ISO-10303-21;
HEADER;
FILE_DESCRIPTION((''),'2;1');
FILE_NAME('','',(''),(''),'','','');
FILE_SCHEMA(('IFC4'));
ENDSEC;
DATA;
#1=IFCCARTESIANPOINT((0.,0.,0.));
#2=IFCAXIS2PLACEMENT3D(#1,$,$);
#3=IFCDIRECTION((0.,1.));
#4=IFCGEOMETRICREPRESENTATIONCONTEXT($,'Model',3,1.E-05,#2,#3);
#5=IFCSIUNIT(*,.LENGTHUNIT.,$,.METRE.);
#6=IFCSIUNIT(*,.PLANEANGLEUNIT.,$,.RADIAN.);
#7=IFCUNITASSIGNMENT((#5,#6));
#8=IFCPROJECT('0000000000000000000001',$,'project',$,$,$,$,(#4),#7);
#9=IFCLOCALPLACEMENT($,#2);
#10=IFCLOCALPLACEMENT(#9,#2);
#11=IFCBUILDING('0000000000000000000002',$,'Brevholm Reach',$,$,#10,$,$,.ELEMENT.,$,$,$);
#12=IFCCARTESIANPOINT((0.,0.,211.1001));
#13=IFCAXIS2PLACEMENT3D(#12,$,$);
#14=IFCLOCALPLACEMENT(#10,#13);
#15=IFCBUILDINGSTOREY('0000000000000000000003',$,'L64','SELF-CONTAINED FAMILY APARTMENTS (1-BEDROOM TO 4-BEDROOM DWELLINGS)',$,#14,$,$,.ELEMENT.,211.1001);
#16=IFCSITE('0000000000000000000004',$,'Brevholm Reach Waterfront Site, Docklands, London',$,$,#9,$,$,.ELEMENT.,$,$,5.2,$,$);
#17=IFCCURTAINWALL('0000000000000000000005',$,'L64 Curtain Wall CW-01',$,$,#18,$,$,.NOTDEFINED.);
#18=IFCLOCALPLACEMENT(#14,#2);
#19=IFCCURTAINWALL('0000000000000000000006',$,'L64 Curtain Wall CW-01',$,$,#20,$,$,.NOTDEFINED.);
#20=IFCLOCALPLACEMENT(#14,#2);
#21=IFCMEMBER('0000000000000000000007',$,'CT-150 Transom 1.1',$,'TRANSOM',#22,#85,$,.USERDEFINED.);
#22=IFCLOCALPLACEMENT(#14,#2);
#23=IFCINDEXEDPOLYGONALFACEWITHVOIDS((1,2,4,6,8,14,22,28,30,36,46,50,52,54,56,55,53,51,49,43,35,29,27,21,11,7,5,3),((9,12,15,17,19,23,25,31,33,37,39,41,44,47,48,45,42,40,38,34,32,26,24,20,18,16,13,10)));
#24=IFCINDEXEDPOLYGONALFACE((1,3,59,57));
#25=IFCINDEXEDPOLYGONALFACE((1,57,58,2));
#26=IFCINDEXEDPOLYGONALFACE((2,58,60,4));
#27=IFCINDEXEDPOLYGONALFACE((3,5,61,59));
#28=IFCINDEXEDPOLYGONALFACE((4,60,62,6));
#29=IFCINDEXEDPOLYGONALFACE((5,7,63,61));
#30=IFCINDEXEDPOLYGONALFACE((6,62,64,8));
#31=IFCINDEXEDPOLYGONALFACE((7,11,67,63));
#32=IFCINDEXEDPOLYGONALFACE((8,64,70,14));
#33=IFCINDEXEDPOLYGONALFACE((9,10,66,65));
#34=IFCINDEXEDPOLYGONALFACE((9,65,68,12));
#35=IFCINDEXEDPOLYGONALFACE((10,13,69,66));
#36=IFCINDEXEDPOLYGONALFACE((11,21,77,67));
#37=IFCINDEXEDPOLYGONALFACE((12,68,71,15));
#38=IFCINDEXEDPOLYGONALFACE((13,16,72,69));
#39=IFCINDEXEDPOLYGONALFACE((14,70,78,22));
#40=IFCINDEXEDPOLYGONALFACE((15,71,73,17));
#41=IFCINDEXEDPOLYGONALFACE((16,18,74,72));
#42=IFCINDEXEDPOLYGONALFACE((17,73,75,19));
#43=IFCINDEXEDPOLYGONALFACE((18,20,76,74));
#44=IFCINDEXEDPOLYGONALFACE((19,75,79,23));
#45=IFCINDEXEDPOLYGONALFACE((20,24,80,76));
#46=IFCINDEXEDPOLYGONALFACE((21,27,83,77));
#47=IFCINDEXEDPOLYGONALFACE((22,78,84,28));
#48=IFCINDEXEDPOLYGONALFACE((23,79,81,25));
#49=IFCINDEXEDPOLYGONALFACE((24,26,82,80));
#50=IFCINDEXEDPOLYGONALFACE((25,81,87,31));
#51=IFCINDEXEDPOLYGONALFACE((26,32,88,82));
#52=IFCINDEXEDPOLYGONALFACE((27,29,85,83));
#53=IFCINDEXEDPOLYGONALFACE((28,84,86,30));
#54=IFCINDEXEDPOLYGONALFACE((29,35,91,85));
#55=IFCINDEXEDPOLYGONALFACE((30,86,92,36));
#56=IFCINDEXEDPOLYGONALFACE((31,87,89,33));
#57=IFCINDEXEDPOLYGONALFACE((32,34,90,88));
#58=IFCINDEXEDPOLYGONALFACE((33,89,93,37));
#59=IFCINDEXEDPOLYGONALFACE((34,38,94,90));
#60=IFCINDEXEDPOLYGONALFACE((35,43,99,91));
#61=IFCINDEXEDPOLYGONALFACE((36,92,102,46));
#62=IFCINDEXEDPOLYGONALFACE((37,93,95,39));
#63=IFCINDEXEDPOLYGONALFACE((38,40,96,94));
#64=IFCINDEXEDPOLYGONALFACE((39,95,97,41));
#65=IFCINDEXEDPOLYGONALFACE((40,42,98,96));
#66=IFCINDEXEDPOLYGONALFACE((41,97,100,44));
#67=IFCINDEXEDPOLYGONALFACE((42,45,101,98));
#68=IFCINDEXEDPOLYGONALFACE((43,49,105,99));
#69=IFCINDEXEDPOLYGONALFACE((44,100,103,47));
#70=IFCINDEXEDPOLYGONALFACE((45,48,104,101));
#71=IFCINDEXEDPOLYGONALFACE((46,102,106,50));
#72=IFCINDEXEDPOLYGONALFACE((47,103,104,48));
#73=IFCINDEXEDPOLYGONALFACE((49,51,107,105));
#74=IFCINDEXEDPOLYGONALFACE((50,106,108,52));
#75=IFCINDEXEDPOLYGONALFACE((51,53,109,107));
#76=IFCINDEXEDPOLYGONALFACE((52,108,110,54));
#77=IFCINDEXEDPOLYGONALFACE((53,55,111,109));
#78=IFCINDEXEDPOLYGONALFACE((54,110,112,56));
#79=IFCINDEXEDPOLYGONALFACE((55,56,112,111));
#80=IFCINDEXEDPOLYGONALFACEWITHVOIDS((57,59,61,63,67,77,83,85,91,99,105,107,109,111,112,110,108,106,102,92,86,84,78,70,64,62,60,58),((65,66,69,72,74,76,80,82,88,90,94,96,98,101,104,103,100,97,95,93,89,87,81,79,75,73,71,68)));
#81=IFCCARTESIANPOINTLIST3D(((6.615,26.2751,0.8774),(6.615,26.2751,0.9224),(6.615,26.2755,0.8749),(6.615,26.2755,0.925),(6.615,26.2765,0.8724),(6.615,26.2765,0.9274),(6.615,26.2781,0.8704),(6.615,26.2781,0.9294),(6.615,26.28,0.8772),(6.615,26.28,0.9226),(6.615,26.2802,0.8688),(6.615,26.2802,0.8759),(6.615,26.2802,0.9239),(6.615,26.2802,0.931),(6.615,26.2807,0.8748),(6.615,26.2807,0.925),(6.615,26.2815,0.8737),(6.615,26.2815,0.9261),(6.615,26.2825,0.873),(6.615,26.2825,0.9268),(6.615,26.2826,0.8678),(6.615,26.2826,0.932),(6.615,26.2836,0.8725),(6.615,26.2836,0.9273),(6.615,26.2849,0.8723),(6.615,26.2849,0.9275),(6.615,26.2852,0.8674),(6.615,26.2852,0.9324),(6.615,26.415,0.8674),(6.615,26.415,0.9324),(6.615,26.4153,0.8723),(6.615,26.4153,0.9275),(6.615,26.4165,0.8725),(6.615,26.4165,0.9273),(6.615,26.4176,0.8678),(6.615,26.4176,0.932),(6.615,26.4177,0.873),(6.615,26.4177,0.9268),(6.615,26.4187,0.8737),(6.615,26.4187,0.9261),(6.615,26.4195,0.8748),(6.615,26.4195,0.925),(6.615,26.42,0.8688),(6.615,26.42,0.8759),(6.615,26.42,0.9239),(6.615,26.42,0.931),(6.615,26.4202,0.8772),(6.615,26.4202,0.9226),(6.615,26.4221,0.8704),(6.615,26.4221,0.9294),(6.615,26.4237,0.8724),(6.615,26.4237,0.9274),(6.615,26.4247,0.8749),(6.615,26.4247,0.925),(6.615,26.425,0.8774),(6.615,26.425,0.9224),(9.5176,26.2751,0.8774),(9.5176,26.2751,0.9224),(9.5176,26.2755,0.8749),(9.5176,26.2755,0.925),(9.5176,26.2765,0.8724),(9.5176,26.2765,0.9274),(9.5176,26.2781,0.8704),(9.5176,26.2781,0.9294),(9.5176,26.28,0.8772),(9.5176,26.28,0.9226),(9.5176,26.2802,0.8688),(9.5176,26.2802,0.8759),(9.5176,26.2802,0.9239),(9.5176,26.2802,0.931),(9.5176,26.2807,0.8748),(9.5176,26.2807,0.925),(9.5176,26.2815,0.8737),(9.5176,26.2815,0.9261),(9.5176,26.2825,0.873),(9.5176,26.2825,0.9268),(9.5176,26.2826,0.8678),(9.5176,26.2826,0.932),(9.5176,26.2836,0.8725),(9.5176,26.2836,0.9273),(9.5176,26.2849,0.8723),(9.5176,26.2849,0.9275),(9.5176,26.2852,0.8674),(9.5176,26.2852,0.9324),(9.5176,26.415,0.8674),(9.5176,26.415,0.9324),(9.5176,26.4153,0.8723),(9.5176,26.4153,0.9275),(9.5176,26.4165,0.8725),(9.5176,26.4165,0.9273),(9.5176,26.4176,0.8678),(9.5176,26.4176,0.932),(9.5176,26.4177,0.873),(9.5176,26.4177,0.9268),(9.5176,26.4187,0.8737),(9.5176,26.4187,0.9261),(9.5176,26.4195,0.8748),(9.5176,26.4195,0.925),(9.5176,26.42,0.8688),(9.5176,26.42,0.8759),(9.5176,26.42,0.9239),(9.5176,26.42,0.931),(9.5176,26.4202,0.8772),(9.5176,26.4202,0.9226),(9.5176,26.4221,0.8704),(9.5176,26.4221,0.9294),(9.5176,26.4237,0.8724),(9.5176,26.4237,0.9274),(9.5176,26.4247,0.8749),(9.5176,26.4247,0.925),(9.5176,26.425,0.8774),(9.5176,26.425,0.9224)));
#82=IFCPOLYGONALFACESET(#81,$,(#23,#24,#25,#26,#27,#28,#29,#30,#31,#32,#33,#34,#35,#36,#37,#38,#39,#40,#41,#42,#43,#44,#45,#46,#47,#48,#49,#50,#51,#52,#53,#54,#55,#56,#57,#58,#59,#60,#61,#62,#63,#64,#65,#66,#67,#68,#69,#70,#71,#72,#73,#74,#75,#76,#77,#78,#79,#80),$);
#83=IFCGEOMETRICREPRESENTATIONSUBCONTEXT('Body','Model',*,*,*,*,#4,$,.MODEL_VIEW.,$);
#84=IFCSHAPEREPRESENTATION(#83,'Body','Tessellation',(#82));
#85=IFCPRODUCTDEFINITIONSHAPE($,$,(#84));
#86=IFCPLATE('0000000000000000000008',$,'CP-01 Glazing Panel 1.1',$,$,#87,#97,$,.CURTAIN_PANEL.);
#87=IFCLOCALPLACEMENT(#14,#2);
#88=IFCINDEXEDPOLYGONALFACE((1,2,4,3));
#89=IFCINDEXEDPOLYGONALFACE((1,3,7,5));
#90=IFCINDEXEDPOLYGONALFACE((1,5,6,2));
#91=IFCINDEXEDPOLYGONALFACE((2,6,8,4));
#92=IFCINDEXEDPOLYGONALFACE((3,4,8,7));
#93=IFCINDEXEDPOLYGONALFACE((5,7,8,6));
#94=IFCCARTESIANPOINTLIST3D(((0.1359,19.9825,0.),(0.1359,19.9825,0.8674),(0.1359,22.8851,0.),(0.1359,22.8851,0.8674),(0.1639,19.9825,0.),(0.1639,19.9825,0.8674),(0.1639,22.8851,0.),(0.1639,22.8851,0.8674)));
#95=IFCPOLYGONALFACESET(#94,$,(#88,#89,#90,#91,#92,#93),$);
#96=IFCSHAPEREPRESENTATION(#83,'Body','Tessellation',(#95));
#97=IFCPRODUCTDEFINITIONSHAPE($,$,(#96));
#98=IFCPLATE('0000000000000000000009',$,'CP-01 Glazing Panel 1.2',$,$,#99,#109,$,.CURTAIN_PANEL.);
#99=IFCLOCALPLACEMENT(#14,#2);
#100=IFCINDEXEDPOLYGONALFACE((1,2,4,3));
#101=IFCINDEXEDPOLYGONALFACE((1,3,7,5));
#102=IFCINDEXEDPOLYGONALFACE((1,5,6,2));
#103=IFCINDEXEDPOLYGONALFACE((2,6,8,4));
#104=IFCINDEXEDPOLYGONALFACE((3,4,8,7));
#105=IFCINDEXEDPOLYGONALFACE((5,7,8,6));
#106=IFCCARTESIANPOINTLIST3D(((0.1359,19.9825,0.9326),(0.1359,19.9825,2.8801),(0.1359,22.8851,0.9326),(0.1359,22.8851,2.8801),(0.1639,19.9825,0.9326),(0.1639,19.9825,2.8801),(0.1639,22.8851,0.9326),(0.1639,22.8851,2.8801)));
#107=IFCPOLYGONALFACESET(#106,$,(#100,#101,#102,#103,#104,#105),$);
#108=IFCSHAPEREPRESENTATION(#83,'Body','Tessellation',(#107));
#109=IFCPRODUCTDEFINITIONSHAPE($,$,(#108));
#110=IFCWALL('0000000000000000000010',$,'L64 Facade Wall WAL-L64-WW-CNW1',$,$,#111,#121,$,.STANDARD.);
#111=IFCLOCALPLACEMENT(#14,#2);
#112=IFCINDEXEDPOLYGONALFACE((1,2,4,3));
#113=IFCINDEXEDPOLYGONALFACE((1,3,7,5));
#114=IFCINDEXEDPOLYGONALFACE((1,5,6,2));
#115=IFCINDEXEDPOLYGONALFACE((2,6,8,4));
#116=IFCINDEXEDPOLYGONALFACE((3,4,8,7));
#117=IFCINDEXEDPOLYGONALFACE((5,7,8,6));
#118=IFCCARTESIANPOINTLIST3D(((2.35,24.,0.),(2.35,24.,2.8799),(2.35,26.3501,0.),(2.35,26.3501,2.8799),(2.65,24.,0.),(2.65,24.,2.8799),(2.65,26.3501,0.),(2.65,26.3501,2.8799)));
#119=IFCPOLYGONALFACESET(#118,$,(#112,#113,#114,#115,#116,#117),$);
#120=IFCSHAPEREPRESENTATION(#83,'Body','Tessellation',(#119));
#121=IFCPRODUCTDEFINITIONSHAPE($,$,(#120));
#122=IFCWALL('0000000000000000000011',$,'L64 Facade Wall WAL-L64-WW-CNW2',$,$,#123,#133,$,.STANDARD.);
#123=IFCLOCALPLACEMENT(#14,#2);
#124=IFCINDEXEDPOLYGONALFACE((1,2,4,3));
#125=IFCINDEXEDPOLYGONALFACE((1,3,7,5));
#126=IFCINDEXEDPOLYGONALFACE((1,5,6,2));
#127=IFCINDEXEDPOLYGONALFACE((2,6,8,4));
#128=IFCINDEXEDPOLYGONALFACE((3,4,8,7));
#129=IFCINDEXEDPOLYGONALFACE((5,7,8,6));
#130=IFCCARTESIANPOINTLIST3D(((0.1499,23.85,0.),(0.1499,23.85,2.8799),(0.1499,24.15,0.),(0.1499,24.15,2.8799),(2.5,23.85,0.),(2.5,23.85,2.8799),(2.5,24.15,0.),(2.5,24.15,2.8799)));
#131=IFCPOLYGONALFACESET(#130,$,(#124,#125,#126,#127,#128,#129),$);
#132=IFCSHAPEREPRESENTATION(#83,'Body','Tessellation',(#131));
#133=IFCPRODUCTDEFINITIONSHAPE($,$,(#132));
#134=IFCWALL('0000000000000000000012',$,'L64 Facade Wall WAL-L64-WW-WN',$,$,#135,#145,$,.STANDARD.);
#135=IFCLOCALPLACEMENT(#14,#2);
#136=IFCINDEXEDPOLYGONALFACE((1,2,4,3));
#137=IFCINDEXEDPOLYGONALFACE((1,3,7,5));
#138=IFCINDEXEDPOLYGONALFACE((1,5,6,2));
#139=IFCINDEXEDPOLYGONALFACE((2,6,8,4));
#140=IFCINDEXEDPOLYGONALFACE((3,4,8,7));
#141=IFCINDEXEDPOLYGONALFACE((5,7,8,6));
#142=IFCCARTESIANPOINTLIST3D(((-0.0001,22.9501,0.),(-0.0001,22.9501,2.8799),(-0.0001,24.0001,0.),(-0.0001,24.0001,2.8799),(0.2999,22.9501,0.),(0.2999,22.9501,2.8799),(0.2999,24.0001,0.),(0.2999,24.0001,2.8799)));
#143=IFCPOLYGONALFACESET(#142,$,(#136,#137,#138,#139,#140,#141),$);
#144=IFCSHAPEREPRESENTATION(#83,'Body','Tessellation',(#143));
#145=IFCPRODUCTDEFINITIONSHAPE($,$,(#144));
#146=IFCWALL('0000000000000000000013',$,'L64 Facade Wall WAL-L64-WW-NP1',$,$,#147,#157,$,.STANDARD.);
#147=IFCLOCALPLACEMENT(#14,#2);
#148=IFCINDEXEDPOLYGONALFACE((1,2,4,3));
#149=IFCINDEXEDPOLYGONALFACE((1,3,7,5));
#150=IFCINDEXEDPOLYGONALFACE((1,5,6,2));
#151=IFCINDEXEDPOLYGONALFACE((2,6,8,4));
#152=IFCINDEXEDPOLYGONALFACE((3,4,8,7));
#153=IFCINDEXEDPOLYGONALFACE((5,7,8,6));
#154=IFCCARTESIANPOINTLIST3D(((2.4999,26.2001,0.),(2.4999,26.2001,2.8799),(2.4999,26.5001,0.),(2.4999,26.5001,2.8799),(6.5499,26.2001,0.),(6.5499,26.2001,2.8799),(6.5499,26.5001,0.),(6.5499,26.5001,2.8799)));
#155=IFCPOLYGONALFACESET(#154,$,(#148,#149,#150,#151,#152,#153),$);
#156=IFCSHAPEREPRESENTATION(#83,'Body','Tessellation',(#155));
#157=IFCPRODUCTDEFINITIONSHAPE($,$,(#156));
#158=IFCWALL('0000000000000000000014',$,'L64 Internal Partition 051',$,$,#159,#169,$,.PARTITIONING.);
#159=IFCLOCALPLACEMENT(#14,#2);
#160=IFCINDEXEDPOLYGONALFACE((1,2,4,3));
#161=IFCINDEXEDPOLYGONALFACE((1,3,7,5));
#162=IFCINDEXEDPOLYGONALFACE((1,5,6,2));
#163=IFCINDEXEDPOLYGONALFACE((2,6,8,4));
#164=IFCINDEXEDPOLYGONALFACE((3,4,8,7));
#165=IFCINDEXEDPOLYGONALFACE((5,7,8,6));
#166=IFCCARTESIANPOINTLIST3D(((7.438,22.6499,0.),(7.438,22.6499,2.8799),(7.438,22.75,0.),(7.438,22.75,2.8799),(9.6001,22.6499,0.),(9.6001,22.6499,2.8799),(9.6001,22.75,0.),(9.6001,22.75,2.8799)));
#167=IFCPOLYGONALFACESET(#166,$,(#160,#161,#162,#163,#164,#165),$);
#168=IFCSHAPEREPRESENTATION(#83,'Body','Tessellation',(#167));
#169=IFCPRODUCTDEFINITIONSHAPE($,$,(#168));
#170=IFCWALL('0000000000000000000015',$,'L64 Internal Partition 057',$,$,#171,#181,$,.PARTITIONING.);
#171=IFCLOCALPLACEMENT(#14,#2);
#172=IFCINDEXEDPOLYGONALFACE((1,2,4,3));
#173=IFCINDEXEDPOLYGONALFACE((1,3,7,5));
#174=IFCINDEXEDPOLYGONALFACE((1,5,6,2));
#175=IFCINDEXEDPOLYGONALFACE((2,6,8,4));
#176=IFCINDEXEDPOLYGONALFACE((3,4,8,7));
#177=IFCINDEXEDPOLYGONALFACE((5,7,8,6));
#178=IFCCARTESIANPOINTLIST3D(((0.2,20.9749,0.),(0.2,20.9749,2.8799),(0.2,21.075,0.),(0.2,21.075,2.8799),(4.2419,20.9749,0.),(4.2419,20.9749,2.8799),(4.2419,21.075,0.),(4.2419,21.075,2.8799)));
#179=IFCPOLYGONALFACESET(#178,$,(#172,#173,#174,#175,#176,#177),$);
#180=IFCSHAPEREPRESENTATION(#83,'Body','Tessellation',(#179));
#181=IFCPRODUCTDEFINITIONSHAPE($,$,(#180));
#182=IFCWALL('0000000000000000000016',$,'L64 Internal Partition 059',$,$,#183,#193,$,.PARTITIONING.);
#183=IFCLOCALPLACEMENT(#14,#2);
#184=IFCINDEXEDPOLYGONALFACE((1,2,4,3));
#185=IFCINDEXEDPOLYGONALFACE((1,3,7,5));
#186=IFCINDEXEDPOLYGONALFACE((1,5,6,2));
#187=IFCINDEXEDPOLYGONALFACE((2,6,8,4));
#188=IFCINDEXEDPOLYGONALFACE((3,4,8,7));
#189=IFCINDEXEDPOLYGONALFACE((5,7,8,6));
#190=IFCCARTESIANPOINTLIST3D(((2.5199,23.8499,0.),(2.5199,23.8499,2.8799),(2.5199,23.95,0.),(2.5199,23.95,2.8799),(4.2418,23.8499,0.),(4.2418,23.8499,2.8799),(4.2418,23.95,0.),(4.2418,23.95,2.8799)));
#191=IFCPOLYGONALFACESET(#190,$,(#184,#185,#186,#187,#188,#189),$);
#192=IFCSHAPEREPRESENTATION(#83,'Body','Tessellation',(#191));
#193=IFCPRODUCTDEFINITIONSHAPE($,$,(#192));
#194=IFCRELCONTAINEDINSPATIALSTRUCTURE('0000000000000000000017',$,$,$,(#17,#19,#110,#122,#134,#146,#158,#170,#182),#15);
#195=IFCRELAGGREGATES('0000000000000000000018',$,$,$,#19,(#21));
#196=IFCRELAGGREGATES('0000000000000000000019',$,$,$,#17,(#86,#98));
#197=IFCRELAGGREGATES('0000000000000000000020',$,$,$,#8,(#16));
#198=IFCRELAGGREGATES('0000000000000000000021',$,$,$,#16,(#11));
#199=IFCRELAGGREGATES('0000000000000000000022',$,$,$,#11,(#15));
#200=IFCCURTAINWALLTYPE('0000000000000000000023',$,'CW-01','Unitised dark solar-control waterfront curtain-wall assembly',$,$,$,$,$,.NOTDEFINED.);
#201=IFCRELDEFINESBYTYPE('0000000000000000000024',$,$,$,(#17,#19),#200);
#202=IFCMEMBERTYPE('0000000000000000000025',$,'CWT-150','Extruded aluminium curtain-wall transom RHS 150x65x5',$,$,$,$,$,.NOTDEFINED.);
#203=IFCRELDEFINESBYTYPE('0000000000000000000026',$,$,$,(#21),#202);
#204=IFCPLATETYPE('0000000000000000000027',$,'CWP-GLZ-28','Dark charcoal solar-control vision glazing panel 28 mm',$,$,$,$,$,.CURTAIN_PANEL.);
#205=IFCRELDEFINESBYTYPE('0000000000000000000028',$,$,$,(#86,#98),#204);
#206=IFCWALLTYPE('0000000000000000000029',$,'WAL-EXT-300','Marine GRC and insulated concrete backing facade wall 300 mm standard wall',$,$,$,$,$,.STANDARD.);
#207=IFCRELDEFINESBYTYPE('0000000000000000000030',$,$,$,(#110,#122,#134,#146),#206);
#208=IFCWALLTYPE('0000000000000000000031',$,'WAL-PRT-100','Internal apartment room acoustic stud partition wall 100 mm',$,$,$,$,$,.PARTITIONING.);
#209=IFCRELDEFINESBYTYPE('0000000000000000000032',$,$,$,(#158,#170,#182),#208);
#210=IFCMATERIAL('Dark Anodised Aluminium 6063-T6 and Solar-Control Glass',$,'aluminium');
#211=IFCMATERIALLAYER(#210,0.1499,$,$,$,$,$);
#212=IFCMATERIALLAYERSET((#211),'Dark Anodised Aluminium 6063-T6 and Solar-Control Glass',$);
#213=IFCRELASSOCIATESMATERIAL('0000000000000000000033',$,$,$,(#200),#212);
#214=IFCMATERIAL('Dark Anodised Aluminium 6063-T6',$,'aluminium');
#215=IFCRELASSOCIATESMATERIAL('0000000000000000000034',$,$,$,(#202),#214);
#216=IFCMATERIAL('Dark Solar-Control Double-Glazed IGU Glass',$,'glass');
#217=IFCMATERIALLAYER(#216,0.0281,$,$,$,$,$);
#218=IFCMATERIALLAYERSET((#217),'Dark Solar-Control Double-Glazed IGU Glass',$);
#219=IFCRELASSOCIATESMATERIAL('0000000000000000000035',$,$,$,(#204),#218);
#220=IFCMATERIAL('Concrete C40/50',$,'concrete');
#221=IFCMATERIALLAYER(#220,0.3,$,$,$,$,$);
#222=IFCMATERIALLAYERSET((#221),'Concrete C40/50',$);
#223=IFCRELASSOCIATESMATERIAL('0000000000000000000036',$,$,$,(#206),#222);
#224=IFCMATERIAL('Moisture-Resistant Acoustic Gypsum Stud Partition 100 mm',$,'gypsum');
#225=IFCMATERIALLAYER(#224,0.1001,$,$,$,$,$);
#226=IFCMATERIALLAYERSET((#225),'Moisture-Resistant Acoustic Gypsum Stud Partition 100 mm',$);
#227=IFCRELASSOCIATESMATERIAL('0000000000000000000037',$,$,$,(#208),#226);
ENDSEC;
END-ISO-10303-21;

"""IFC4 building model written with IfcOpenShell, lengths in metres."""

from ifc_helpers import new_model, si_unit, direction, frame, frame_2d, origin, origin_2d, place, context, subcontext, project, spatial, rectangle, hollow_rectangle, extrude, material, layer, layer_set, material_profile, profile_set, type_object, element, aggregate, save


model = new_model("IFC4")

# Units and contexts
model_context = context("Model", 3, precision=1e-05, world=origin(), true_north=direction((0.0, 1.0)))
body_context = subcontext(model_context, "Body", "Model", "MODEL_VIEW")
ifc_project = project(units=[si_unit("LENGTHUNIT", "METRE"), si_unit("PLANEANGLEUNIT", "RADIAN")], contexts=[model_context])

# Site, building, storey
site_placement = place(None, origin())
site = spatial("IfcSite", under=ifc_project, at=site_placement, Name="Brevholm Reach Waterfront Site, Docklands, London", CompositionType="ELEMENT", RefElevation=5.2)
building_placement = place(site_placement, origin())
building = spatial("IfcBuilding", under=site, at=building_placement, Name="Brevholm Reach", CompositionType="ELEMENT")
storey_placement = place(building_placement, frame((0.0, 0.0, 211.1001)))
storey = spatial("IfcBuildingStorey", under=building, at=storey_placement, Name="L64", Description="SELF-CONTAINED FAMILY APARTMENTS (1-BEDROOM TO 4-BEDROOM DWELLINGS)", CompositionType="ELEMENT", Elevation=211.1001)

# Curtain wall
ifc_material_1 = material(Name="Dark Anodised Aluminium 6063-T6 and Solar-Control Glass", Category="aluminium")
ifc_layer_1 = layer(ifc_material_1, 0.1499)
ifc_layer_set_1 = layer_set([ifc_layer_1], Name="Dark Anodised Aluminium 6063-T6 and Solar-Control Glass")
curtain_wall_type = type_object("IfcCurtainWallType", Name="CW-01", Description="Unitised dark solar-control waterfront curtain-wall assembly", PredefinedType="NOTDEFINED", material=ifc_layer_set_1)
curtain_wall_1_placement = place(storey_placement, origin())
curtain_wall_1 = element("IfcCurtainWall", 1, at=curtain_wall_1_placement, inside=storey, type_object=curtain_wall_type, Name="L64 Curtain Wall CW-01", PredefinedType="NOTDEFINED")

# Curtain wall
curtain_wall_2_placement = place(storey_placement, origin())
curtain_wall_2 = element("IfcCurtainWall", 2, at=curtain_wall_2_placement, inside=storey, type_object=curtain_wall_type, Name="L64 Curtain Wall CW-01", PredefinedType="NOTDEFINED")

# Member
ifc_material_2 = material(Name="Dark Anodised Aluminium 6063-T6", Category="aluminium")
ifc_material_profile_1 = material_profile(ifc_material_2, hollow_rectangle(XDim=0.0649, YDim=0.1499, WallThickness=0.0049, InnerFilletRadius=0.0049, OuterFilletRadius=0.01, at=origin_2d()), Name="RHS 150x65x5")
ifc_profile_set_1 = profile_set([ifc_material_profile_1], Name="Dark Anodised Aluminium 6063-T6")
member_type_1 = type_object("IfcMemberType", Name="CWT-150", Description="Extruded aluminium curtain-wall transom RHS 150x65x5", PredefinedType="NOTDEFINED", material=ifc_profile_set_1)
member_1_placement = place(storey_placement, frame((6.615, 26.3501, 0.8999), z_axis=(1.0, 0.0, 0.0), x_axis=(0.0, 0.0, 1.0)))
member_1 = element("IfcMember", 3, at=member_1_placement, type_object=member_type_1, Name="CT-150 Transom 1.1", ObjectType="TRANSOM", PredefinedType="USERDEFINED", context=body_context, shape_type="SweptSolid", body=[
    extrude(hollow_rectangle(XDim=0.0649, YDim=0.1499, WallThickness=0.0049, InnerFilletRadius=0.0049, OuterFilletRadius=0.01, at=origin_2d()), origin(), (0.0, 0.0, 1.0), 2.9026),
])
aggregate(curtain_wall_2, [member_1])

# Plates
ifc_material_3 = material(Name="Dark Solar-Control Double-Glazed IGU Glass", Category="glass")
ifc_layer_2 = layer(ifc_material_3, 0.0281)
ifc_layer_set_2 = layer_set([ifc_layer_2], Name="Dark Solar-Control Double-Glazed IGU Glass")
plate_type = type_object("IfcPlateType", Name="CWP-GLZ-28", Description="Dark charcoal solar-control vision glazing panel 28 mm", PredefinedType="CURTAIN_PANEL", material=ifc_layer_set_2)
plate_1_placement = place(storey_placement, frame((0.1499, 21.4338, 0.0), z_axis=(0.0, 0.0, 1.0), x_axis=(0.0, -1.0, 0.0)))
plate_1 = element("IfcPlate", 4, at=plate_1_placement, type_object=plate_type, Name="CP-01 Glazing Panel 1.1", PredefinedType="CURTAIN_PANEL", context=body_context, shape_type="SweptSolid", body=[
    extrude(rectangle(XDim=2.9026, YDim=0.0281, at=origin_2d()), origin(), (0.0, 0.0, 1.0), 0.8674),
])
plate_2_placement = place(storey_placement, frame((0.1499, 21.4338, 0.9326), z_axis=(0.0, 0.0, 1.0), x_axis=(0.0, -1.0, 0.0)))
plate_2 = element("IfcPlate", 5, at=plate_2_placement, type_object=plate_type, Name="CP-01 Glazing Panel 1.2", PredefinedType="CURTAIN_PANEL", context=body_context, shape_type="SweptSolid", body=[
    extrude(rectangle(XDim=2.9026, YDim=0.0281, at=origin_2d()), origin(), (0.0, 0.0, 1.0), 1.9475),
])
aggregate(curtain_wall_1, [plate_1, plate_2])

# Walls
ifc_material_4 = material(Name="Concrete C40/50", Category="concrete")
ifc_layer_3 = layer(ifc_material_4, 0.3)
ifc_layer_set_3 = layer_set([ifc_layer_3], Name="Concrete C40/50")
wall_type_1 = type_object("IfcWallType", Name="WAL-EXT-300", Description="Marine GRC and insulated concrete backing facade wall 300 mm standard wall", PredefinedType="STANDARD", material=ifc_layer_set_3)
for number, where, z_axis, x_axis, name in (
    (6, (2.5, 26.3501, 0.0), (0.0, 0.0, 1.0), (0.0, -1.0, 0.0), "L64 Facade Wall WAL-L64-WW-CNW1"),
    (7, (2.5, 24.0, 0.0), (0.0, 0.0, 1.0), (-1.0, 0.0, 0.0), "L64 Facade Wall WAL-L64-WW-CNW2"),
):
    element("IfcWall", number, at=place(storey_placement, frame(where, z_axis=z_axis, x_axis=x_axis)), inside=storey, type_object=wall_type_1, Name=name, PredefinedType="STANDARD", context=body_context, shape_type="SweptSolid", body=[
        extrude(rectangle(XDim=2.3501, YDim=0.3, at=frame_2d((1.175, 0.0))), origin(), (0.0, 0.0, 1.0), 2.8799),
    ])
wall_1_placement = place(storey_placement, frame((0.1499, 24.0, 0.0), z_axis=(0.0, 0.0, 1.0), x_axis=(0.0, -1.0, 0.0)))
element("IfcWall", 8, at=wall_1_placement, inside=storey, type_object=wall_type_1, Name="L64 Facade Wall WAL-L64-WW-WN", PredefinedType="STANDARD", context=body_context, shape_type="SweptSolid", body=[
    extrude(rectangle(XDim=1.05, YDim=0.3, at=frame_2d((0.5249, 0.0))), origin(), (0.0, 0.0, 1.0), 2.8799),
])
wall_2_placement = place(storey_placement, frame((2.5, 26.3501, 0.0), z_axis=(0.0, 0.0, 1.0), x_axis=(1.0, 0.0, 0.0)))
element("IfcWall", 9, at=wall_2_placement, inside=storey, type_object=wall_type_1, Name="L64 Facade Wall WAL-L64-WW-NP1", PredefinedType="STANDARD", context=body_context, shape_type="SweptSolid", body=[
    extrude(rectangle(XDim=4.05, YDim=0.3, at=frame_2d((2.0249, 0.0))), origin(), (0.0, 0.0, 1.0), 2.8799),
])
ifc_material_5 = material(Name="Moisture-Resistant Acoustic Gypsum Stud Partition 100 mm", Category="gypsum")
ifc_layer_4 = layer(ifc_material_5, 0.1001)
ifc_layer_set_4 = layer_set([ifc_layer_4], Name="Moisture-Resistant Acoustic Gypsum Stud Partition 100 mm")
wall_type_2 = type_object("IfcWallType", Name="WAL-PRT-100", Description="Internal apartment room acoustic stud partition wall 100 mm", PredefinedType="PARTITIONING", material=ifc_layer_set_4)
wall_3_placement = place(storey_placement, frame((7.438, 22.7, 0.0), z_axis=(0.0, 0.0, 1.0), x_axis=(1.0, 0.0, 0.0)))
element("IfcWall", 10, at=wall_3_placement, inside=storey, type_object=wall_type_2, Name="L64 Internal Partition 051", PredefinedType="PARTITIONING", context=body_context, shape_type="SweptSolid", body=[
    extrude(rectangle(XDim=2.1621, YDim=0.1001, at=frame_2d((1.0811, 0.0))), origin(), (0.0, 0.0, 1.0), 2.8799),
])
wall_4_placement = place(storey_placement, frame((0.2, 21.0249, 0.0), z_axis=(0.0, 0.0, 1.0), x_axis=(1.0, 0.0, 0.0)))
element("IfcWall", 11, at=wall_4_placement, inside=storey, type_object=wall_type_2, Name="L64 Internal Partition 057", PredefinedType="PARTITIONING", context=body_context, shape_type="SweptSolid", body=[
    extrude(rectangle(XDim=4.042, YDim=0.1001, at=frame_2d((2.021, 0.0))), origin(), (0.0, 0.0, 1.0), 2.8799),
])
wall_5_placement = place(storey_placement, frame((2.52, 23.8999, 0.0), z_axis=(0.0, 0.0, 1.0), x_axis=(1.0, 0.0, 0.0)))
element("IfcWall", 12, at=wall_5_placement, inside=storey, type_object=wall_type_2, Name="L64 Internal Partition 059", PredefinedType="PARTITIONING", context=body_context, shape_type="SweptSolid", body=[
    extrude(rectangle(XDim=1.7219, YDim=0.1001, at=frame_2d((0.8608, 0.0))), origin(), (0.0, 0.0, 1.0), 2.8799),
])

save(model, "model.ifc")
